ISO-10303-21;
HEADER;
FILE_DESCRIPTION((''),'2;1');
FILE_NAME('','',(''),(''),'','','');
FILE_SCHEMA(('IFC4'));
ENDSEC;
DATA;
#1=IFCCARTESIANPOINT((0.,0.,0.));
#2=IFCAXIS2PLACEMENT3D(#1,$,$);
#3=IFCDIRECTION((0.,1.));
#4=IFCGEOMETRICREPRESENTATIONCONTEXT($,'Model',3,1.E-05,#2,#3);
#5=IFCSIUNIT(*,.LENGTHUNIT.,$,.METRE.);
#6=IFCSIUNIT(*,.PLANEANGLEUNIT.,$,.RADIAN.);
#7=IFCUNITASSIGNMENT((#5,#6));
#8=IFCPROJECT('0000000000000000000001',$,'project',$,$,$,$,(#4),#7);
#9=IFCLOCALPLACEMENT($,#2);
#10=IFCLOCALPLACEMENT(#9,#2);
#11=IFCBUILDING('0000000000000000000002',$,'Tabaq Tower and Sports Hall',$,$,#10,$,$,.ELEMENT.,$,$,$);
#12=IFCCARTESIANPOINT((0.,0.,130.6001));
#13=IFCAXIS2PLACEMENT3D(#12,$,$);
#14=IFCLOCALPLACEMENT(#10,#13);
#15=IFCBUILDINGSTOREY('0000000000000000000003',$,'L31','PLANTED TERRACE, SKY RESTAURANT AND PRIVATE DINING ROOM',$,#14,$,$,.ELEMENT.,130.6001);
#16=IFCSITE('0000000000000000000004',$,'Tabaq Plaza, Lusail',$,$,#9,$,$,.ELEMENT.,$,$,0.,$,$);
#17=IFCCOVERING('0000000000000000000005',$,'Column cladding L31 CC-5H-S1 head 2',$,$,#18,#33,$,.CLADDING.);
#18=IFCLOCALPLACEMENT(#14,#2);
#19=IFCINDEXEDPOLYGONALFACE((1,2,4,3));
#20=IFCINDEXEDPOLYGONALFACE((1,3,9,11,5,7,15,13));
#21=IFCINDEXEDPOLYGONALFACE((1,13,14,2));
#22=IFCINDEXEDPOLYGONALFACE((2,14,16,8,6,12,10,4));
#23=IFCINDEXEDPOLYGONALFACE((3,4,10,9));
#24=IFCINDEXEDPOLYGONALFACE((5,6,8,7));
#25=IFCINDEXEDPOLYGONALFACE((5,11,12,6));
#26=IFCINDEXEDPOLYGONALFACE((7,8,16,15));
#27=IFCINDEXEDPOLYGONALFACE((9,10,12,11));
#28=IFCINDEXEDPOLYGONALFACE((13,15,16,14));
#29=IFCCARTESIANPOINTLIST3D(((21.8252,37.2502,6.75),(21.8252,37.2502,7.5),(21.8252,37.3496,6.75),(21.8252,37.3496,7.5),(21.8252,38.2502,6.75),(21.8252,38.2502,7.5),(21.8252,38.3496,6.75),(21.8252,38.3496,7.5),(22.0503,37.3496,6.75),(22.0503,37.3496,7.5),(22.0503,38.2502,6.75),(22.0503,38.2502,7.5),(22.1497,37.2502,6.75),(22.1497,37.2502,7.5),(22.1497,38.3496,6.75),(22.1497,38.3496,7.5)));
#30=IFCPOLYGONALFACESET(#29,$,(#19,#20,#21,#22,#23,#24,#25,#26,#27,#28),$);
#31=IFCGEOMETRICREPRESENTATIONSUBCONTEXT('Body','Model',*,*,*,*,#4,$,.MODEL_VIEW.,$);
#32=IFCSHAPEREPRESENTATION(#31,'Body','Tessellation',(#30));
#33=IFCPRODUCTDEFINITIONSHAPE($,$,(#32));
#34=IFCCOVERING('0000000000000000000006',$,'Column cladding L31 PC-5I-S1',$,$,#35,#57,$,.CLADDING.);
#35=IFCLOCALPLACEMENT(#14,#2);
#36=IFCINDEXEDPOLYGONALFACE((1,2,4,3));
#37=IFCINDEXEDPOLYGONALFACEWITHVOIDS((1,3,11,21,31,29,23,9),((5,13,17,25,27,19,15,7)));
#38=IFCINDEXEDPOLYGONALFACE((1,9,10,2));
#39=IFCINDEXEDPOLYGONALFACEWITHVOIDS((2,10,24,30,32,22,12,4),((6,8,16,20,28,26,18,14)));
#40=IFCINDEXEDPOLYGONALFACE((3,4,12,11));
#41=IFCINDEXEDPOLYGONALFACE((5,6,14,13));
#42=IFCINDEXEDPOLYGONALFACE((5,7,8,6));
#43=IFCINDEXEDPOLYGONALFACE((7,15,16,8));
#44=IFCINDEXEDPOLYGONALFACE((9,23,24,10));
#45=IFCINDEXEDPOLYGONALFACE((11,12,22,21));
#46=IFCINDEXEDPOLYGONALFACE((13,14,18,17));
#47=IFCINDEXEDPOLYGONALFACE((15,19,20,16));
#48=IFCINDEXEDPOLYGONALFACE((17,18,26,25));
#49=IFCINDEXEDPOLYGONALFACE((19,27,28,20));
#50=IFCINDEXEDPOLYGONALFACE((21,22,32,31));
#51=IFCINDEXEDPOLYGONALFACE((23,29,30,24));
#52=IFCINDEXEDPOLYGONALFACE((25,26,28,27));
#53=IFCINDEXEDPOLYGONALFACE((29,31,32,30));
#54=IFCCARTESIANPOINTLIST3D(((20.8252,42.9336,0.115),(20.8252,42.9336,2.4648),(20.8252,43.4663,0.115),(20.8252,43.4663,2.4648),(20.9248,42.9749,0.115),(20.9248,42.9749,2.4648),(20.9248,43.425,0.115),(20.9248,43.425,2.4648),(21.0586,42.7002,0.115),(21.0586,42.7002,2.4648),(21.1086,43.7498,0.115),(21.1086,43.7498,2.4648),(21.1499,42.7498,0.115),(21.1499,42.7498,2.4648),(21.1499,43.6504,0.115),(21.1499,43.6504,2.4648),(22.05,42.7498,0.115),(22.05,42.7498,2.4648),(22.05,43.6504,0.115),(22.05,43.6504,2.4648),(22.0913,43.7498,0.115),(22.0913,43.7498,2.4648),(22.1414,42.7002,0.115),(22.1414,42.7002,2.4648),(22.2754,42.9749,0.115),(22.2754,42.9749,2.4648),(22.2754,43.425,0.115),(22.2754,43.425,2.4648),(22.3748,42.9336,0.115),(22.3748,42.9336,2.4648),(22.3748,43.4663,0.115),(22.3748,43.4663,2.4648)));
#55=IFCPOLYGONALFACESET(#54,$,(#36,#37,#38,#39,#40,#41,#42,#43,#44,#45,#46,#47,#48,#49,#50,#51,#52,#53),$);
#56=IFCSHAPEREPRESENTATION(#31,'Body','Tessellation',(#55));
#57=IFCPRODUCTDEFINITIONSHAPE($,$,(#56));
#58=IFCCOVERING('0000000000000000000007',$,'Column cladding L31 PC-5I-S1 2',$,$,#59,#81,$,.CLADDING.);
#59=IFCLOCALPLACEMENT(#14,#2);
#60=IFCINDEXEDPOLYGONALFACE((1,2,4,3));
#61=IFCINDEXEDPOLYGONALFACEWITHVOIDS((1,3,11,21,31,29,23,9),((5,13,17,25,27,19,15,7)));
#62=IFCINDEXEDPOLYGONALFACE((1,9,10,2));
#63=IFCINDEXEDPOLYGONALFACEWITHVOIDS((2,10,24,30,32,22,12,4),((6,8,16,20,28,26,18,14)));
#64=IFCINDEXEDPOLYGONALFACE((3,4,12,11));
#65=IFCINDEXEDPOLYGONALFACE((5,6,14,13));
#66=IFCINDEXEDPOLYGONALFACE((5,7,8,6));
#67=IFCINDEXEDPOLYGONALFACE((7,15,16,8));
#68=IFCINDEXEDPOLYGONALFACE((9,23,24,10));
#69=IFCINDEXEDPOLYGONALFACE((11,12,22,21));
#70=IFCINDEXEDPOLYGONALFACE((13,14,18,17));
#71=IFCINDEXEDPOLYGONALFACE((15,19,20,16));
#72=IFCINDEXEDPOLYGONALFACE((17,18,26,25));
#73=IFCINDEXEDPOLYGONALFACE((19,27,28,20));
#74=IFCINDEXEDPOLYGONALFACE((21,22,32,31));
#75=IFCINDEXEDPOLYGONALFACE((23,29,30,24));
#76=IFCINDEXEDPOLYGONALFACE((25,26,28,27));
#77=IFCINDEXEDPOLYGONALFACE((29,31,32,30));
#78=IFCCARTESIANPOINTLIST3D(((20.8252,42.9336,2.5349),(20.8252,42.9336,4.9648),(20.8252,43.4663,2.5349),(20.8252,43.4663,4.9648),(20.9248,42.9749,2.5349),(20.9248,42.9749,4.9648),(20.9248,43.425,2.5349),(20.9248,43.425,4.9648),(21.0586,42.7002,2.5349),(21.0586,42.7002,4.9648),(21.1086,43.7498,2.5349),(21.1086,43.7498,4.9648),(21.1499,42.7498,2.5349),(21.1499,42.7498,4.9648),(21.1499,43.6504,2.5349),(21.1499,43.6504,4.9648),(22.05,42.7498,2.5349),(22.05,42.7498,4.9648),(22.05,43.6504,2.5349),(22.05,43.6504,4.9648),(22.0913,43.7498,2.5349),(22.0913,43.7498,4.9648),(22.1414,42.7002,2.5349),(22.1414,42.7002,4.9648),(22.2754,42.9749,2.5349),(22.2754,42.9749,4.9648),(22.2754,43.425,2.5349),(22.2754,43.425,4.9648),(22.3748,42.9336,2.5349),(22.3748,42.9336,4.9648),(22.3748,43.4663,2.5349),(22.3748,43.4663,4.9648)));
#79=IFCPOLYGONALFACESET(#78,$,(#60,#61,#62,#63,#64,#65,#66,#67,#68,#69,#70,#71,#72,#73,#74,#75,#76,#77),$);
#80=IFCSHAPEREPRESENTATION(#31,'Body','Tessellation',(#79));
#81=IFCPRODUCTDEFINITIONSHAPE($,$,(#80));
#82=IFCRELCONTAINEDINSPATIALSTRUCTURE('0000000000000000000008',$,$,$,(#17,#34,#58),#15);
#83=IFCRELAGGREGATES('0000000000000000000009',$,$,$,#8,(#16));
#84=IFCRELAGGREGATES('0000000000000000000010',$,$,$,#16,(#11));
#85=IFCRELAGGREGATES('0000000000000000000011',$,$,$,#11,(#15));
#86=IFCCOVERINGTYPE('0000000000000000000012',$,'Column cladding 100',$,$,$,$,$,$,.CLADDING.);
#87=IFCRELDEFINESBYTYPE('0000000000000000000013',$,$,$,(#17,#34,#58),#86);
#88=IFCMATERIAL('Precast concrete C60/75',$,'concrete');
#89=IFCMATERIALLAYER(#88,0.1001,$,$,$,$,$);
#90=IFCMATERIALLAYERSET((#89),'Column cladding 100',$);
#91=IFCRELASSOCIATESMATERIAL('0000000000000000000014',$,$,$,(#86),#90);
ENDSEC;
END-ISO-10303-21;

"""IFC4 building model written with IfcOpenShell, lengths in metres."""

from ifc_helpers import new_model, si_unit, direction, frame, origin, place, context, subcontext, project, spatial, polyline, outline, extrude, material, layer, layer_set, type_object, element, save


model = new_model("IFC4")

# Units and contexts
model_context = context("Model", 3, precision=1e-05, world=origin(), true_north=direction((0.0, 1.0)))
body_context = subcontext(model_context, "Body", "Model", "MODEL_VIEW")
ifc_project = project(units=[si_unit("LENGTHUNIT", "METRE"), si_unit("PLANEANGLEUNIT", "RADIAN")], contexts=[model_context])

# Site, building, storey
site_placement = place(None, origin())
site = spatial("IfcSite", under=ifc_project, at=site_placement, Name="Tabaq Plaza, Lusail", CompositionType="ELEMENT", RefElevation=0.0)
building_placement = place(site_placement, origin())
building = spatial("IfcBuilding", under=site, at=building_placement, Name="Tabaq Tower and Sports Hall", CompositionType="ELEMENT")
storey_placement = place(building_placement, frame((0.0, 0.0, 130.6001)))
storey = spatial("IfcBuildingStorey", under=building, at=storey_placement, Name="L31", Description="PLANTED TERRACE, SKY RESTAURANT AND PRIVATE DINING ROOM", CompositionType="ELEMENT", Elevation=130.6001)

# Coverings
ifc_material_1 = material(Name="Precast concrete C60/75", Category="concrete")
ifc_layer_1 = layer(ifc_material_1, 0.1001)
ifc_layer_set_1 = layer_set([ifc_layer_1], Name="Column cladding 100")
covering_type = type_object("IfcCoveringType", Name="Column cladding 100", PredefinedType="CLADDING", material=ifc_layer_set_1)
covering_1_placement = place(storey_placement, frame((0.0, 0.0, 6.75)))
element("IfcCovering", 1, at=covering_1_placement, inside=storey, type_object=covering_type, Name="Column cladding L31 CC-5H-S1 head 2", PredefinedType="CLADDING", context=body_context, shape_type="SweptSolid", body=[
    extrude(outline(polyline([(22.1497, 38.3496), (22.1497, 37.2502), (21.8252, 37.2502), (21.8252, 37.3496), (22.0503, 37.3496), (22.0503, 38.2502), (21.8252, 38.2502), (21.8252, 38.3496), (22.1497, 38.3496)])), origin(), (0.0, 0.0, 1.0), 0.75),
])
covering_2_placement = place(storey_placement, frame((0.0, 0.0, 0.115)))
element("IfcCovering", 2, at=covering_2_placement, inside=storey, type_object=covering_type, Name="Column cladding L31 PC-5I-S1", PredefinedType="CLADDING", context=body_context, shape_type="SweptSolid", body=[
    extrude(outline(polyline([(20.8252, 43.4663), (21.1086, 43.7498), (22.0913, 43.7498), (22.3748, 43.4663), (22.3748, 42.9336), (22.1414, 42.7002), (21.0586, 42.7002), (20.8252, 42.9336), (20.8252, 43.4663)]), holes=[polyline([(22.2754, 42.9749), (22.2754, 43.425), (22.05, 43.6504), (21.1499, 43.6504), (20.9248, 43.425), (20.9248, 42.9749), (21.1499, 42.7498), (22.05, 42.7498), (22.2754, 42.9749)])]), origin(), (0.0, 0.0, 1.0), 2.3499),
])
covering_3_placement = place(storey_placement, frame((0.0, 0.0, 2.5349)))
element("IfcCovering", 3, at=covering_3_placement, inside=storey, type_object=covering_type, Name="Column cladding L31 PC-5I-S1 2", PredefinedType="CLADDING", context=body_context, shape_type="SweptSolid", body=[
    extrude(outline(polyline([(20.8252, 43.4663), (21.1086, 43.7498), (22.0913, 43.7498), (22.3748, 43.4663), (22.3748, 42.9336), (22.1414, 42.7002), (21.0586, 42.7002), (20.8252, 42.9336), (20.8252, 43.4663)]), holes=[polyline([(22.2754, 42.9749), (22.2754, 43.425), (22.05, 43.6504), (21.1499, 43.6504), (20.9248, 43.425), (20.9248, 42.9749), (21.1499, 42.7498), (22.05, 42.7498), (22.2754, 42.9749)])]), origin(), (0.0, 0.0, 1.0), 2.4299),
])

save(model, "model.ifc")
